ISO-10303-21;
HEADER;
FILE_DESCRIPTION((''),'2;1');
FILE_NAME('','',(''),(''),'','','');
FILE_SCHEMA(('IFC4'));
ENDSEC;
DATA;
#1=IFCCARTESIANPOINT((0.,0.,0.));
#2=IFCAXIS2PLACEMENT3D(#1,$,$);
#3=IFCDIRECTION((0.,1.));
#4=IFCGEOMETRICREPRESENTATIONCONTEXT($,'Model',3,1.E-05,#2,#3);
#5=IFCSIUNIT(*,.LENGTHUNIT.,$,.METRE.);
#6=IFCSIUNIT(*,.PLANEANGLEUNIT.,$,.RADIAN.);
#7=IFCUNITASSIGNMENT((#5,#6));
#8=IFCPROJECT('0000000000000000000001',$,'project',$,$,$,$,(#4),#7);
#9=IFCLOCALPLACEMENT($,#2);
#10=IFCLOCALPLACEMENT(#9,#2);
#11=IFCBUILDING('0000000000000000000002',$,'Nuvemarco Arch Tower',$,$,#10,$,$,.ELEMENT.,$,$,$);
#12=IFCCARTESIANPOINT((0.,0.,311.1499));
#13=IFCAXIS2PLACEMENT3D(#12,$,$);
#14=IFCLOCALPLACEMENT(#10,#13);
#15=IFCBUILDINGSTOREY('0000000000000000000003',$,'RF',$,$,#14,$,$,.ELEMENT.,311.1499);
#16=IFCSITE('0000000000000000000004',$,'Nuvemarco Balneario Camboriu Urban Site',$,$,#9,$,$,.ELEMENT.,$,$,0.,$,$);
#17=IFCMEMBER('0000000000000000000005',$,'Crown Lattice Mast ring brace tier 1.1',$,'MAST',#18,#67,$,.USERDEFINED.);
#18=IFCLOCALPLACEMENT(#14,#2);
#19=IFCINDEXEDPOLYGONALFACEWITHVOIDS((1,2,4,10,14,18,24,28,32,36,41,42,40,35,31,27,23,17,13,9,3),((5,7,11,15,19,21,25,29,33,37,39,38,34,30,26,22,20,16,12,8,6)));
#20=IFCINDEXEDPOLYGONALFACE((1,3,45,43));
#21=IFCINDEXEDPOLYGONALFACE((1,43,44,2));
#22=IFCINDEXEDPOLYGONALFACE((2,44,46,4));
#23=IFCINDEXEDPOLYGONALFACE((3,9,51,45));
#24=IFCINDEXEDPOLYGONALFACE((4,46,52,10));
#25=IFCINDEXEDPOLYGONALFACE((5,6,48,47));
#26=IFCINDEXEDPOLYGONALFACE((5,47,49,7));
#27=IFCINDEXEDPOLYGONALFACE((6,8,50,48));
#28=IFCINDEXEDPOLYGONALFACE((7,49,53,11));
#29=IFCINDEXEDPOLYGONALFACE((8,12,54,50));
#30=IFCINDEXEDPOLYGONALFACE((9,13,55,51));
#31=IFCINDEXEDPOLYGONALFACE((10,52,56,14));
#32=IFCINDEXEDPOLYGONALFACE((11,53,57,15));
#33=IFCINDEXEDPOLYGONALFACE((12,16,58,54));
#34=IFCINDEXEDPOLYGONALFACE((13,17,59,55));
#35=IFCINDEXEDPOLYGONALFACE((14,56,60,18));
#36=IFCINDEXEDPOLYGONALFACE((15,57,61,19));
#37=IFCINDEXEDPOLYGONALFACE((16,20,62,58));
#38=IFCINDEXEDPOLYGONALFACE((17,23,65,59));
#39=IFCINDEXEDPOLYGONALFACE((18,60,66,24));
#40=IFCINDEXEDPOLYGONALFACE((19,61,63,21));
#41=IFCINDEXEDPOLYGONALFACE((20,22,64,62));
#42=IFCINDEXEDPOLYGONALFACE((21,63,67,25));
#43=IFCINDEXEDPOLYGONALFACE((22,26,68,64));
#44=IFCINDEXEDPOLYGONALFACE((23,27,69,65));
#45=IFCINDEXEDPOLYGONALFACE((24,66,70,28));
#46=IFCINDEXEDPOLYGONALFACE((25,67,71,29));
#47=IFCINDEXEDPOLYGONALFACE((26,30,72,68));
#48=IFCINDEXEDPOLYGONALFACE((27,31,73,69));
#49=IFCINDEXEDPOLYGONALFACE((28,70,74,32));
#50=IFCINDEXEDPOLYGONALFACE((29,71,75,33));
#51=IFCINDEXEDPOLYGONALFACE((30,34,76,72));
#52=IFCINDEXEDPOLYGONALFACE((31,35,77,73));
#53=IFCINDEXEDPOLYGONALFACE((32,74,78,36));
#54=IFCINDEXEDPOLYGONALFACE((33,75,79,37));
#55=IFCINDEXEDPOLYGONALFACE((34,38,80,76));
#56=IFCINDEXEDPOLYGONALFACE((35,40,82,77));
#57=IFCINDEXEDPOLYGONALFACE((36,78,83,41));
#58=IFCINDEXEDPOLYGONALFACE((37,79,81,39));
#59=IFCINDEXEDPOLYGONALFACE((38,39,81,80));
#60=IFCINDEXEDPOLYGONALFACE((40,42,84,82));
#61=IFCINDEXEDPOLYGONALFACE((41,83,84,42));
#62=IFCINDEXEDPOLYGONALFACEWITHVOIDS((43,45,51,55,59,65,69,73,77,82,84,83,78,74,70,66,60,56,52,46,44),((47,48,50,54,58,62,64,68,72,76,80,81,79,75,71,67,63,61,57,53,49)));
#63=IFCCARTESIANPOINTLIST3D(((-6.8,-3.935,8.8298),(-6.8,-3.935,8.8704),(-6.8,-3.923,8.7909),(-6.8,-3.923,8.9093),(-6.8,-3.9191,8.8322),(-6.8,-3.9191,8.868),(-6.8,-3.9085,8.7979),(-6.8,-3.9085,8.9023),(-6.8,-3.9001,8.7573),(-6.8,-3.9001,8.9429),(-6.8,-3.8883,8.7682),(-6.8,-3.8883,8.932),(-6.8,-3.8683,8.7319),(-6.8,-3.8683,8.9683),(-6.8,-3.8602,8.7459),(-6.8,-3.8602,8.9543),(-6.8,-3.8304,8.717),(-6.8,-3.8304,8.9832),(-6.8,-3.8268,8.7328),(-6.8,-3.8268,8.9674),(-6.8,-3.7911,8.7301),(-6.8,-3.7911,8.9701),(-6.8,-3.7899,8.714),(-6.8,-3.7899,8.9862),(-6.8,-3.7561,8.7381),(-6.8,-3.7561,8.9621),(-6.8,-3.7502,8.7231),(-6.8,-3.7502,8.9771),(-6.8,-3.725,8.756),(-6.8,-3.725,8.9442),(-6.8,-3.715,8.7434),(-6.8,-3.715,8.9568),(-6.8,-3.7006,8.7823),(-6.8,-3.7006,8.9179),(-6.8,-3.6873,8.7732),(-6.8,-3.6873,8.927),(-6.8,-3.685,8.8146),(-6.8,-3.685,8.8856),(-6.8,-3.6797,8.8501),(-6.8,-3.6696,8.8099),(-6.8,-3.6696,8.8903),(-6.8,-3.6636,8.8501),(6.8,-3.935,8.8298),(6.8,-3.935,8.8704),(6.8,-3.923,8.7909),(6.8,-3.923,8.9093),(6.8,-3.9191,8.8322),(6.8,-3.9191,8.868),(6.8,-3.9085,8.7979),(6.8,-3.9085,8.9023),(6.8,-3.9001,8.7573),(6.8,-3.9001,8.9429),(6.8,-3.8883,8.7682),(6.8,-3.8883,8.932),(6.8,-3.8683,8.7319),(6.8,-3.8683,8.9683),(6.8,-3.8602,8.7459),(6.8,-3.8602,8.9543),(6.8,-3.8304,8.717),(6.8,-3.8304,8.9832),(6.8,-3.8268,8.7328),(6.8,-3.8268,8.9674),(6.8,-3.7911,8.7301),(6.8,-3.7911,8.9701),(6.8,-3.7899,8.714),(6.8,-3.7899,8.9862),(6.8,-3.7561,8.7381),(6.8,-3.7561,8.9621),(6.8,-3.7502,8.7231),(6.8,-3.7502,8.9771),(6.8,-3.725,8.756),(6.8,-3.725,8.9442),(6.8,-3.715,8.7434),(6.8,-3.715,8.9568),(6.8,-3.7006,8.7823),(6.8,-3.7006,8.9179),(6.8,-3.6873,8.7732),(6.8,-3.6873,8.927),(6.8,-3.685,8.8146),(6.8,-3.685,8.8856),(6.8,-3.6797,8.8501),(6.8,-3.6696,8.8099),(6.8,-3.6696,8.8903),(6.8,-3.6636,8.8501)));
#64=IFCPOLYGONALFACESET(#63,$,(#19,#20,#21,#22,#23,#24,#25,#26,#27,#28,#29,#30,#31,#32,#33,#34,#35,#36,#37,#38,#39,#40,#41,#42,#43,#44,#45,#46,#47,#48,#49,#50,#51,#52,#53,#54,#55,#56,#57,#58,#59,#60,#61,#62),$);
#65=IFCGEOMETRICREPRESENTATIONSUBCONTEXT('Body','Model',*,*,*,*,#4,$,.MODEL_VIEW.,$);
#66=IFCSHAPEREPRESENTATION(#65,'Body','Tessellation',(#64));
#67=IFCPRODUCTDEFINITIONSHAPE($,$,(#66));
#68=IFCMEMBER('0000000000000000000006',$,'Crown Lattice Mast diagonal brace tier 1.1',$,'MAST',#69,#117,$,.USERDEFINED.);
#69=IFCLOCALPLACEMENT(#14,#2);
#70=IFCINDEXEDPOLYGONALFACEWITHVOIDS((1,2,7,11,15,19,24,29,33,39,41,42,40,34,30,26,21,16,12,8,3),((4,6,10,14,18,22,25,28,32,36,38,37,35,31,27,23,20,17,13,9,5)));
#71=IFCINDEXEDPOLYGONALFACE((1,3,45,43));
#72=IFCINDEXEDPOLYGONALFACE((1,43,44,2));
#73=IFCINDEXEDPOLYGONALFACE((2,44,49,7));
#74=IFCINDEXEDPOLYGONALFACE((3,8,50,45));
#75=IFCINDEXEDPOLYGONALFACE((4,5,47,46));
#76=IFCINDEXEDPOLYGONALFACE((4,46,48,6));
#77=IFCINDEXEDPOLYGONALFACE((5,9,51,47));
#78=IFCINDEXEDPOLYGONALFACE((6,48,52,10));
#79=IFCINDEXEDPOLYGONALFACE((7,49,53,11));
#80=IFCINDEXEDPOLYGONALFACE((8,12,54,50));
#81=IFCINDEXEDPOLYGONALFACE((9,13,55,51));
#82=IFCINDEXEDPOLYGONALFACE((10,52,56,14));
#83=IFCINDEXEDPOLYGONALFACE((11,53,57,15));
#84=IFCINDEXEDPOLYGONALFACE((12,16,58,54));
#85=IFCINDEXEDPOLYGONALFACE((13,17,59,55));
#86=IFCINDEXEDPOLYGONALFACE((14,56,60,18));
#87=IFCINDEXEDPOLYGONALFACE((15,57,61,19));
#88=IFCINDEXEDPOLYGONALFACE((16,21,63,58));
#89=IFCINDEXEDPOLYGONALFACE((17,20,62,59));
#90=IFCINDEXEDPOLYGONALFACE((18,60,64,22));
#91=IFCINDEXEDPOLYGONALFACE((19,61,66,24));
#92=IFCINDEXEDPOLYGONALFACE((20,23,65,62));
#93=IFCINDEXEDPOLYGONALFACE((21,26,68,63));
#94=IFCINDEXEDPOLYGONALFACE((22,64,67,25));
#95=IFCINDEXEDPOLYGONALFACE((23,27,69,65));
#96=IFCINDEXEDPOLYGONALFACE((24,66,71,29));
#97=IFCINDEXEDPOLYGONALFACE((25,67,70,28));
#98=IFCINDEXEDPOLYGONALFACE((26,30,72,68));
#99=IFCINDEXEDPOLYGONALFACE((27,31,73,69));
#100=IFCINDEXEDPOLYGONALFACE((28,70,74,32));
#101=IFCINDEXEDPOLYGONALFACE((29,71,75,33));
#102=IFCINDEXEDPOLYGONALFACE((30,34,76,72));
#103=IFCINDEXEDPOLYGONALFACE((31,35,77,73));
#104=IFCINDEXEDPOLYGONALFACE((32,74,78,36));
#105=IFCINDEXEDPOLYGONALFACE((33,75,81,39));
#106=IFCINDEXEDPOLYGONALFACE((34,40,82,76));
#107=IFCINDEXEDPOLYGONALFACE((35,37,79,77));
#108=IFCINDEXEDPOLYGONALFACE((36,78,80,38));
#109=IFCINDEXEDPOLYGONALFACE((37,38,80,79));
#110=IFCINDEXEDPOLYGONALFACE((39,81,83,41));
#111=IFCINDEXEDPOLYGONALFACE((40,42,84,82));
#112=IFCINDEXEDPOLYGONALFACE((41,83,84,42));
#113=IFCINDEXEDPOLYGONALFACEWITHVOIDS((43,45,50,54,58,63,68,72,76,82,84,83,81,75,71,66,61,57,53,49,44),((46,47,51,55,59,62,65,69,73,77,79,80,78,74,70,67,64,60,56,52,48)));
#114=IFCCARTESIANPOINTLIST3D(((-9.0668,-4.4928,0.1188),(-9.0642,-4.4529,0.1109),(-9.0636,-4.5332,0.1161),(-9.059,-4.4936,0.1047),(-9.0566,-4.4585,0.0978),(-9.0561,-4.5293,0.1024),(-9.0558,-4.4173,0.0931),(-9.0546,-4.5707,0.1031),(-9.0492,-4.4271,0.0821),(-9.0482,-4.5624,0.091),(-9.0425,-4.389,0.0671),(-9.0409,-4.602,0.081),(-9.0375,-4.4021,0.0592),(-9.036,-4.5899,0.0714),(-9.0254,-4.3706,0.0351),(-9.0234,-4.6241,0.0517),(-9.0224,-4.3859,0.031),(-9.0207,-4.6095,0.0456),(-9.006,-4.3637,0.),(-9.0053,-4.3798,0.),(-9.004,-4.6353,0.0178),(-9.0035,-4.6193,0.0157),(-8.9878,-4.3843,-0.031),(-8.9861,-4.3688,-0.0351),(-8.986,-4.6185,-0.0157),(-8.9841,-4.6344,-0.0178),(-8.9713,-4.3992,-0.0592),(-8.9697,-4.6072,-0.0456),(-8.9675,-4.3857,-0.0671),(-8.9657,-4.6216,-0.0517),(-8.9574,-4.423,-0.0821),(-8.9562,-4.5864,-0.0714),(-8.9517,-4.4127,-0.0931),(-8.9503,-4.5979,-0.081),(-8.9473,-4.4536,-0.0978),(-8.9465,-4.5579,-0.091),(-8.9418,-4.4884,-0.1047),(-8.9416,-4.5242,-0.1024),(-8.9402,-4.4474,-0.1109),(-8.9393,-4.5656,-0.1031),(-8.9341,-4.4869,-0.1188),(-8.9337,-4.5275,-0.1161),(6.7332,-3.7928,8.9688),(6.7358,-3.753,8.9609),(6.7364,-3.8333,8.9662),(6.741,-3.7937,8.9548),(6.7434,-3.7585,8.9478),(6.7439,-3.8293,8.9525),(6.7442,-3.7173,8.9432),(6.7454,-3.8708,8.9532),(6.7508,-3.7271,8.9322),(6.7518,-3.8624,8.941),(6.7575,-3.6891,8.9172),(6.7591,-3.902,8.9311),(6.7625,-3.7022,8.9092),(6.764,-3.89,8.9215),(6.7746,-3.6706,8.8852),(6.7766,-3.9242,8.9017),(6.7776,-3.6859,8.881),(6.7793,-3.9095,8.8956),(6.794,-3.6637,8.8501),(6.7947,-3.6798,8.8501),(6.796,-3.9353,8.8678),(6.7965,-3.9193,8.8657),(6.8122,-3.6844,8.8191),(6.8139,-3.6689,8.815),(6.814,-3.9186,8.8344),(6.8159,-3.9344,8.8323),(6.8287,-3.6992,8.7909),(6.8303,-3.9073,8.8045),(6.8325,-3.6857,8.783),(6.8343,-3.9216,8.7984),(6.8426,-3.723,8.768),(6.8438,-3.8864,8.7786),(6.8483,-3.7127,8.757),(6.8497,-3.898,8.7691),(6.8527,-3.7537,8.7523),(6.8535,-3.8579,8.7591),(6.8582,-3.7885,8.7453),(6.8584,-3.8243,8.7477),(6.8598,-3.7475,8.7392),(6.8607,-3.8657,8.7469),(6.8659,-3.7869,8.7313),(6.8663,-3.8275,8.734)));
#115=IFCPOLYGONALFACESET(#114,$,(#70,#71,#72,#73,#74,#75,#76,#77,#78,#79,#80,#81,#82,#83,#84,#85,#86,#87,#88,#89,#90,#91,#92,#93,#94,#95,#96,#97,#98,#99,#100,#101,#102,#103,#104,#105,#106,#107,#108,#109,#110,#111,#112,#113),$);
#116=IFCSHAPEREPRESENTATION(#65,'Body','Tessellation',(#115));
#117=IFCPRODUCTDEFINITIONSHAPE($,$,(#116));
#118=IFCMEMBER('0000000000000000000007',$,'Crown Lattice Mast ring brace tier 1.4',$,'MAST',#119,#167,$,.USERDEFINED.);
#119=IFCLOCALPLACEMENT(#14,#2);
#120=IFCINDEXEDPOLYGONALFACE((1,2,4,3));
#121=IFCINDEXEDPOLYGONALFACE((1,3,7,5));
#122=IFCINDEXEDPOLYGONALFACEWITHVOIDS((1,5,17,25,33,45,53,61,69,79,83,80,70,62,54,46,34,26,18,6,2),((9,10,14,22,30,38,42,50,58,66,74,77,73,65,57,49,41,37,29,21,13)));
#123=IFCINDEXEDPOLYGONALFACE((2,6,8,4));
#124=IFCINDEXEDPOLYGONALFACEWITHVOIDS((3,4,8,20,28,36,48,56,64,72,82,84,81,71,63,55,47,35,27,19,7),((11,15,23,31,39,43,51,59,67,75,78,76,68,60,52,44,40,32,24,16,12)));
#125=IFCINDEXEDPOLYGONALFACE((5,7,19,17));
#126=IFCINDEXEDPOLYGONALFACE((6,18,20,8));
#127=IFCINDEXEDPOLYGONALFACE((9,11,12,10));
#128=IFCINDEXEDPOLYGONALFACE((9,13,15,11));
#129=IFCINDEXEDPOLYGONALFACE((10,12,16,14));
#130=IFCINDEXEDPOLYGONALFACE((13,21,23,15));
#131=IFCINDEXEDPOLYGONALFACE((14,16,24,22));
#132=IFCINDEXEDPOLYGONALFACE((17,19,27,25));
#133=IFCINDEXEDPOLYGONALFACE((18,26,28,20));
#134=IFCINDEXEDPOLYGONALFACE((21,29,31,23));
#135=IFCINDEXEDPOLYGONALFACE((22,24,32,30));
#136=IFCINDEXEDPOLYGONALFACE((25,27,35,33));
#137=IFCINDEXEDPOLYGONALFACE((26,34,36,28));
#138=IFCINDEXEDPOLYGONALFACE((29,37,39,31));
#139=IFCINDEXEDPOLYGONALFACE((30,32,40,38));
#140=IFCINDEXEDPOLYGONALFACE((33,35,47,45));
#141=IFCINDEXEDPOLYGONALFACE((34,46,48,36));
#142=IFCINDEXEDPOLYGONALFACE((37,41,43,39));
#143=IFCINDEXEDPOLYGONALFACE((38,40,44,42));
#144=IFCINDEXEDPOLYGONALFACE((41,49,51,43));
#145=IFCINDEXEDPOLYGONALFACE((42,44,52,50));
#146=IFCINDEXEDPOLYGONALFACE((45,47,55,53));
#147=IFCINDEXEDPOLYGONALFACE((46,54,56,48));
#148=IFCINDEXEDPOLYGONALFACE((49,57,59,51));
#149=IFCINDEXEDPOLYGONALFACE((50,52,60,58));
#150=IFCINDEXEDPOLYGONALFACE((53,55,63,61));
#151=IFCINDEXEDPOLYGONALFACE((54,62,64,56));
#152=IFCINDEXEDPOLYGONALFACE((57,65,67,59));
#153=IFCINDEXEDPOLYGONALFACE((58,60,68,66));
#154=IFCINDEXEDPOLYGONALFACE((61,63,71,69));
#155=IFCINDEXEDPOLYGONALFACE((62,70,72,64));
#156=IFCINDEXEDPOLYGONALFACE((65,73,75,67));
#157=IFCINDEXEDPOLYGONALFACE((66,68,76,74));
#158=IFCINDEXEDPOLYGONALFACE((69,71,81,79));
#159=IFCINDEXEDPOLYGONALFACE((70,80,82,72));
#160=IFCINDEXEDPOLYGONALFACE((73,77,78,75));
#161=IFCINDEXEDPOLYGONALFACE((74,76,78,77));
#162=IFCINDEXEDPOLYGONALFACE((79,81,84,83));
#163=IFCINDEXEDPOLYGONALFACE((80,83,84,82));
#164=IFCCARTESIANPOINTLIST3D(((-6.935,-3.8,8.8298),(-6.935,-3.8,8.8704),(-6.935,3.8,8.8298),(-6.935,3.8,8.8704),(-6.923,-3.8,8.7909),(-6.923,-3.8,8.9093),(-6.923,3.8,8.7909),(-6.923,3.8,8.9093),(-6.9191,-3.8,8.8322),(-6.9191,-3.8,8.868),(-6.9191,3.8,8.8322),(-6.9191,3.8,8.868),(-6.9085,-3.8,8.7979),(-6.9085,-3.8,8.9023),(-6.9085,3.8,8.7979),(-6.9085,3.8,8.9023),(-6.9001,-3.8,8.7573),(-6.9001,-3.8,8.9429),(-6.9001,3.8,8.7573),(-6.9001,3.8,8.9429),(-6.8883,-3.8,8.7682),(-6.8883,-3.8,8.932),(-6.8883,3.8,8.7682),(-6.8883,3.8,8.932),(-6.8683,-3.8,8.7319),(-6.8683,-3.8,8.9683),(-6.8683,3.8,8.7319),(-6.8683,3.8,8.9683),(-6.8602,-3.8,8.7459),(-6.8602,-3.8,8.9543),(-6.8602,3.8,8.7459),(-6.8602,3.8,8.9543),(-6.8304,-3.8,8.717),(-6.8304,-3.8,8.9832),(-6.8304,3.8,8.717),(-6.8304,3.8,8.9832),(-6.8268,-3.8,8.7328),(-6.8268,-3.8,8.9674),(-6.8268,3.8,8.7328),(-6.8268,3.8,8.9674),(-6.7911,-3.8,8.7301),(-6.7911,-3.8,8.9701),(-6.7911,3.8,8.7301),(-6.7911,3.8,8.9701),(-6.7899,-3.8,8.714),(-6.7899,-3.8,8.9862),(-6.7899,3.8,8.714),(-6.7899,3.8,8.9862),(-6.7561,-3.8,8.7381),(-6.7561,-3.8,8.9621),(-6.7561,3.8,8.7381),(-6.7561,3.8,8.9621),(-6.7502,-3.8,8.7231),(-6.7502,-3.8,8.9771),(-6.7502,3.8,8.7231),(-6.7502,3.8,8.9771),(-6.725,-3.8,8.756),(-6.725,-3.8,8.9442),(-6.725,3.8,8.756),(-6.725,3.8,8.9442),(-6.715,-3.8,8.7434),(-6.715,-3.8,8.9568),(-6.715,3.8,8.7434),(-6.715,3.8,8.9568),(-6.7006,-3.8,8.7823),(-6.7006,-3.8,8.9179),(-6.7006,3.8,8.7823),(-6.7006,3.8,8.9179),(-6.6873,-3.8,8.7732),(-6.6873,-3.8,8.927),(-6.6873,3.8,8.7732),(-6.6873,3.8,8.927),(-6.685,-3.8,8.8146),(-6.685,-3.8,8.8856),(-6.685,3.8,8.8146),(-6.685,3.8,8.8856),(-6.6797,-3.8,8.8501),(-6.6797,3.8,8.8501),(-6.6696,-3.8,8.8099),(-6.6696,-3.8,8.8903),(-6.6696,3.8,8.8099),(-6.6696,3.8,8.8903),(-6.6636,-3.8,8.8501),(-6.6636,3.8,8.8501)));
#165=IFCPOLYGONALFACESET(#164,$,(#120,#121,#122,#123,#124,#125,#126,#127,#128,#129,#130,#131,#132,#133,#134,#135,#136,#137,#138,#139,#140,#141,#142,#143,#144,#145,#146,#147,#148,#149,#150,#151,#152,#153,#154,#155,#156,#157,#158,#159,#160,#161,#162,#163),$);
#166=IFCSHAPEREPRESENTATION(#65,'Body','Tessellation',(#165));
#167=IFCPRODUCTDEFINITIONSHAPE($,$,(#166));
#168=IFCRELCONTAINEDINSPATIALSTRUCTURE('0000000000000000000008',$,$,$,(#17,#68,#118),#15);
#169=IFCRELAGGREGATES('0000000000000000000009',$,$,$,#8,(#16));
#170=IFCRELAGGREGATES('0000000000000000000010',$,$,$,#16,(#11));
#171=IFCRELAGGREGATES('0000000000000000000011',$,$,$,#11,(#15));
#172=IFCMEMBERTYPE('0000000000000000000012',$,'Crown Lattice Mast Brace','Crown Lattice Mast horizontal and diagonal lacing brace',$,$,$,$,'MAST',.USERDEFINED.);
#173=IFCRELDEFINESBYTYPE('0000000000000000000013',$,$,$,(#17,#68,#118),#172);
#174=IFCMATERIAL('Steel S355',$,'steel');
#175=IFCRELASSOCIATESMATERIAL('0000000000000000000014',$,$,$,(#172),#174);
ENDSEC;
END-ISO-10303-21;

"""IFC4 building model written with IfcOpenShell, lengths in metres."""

from ifc_helpers import new_model, si_unit, direction, frame, origin, origin_2d, place, context, subcontext, project, spatial, hollow_circle, extrude, material, material_profile, profile_set, type_object, element, save


model = new_model("IFC4")

# Units and contexts
model_context = context("Model", 3, precision=1e-05, world=origin(), true_north=direction((0.0, 1.0)))
body_context = subcontext(model_context, "Body", "Model", "MODEL_VIEW")
ifc_project = project(units=[si_unit("LENGTHUNIT", "METRE"), si_unit("PLANEANGLEUNIT", "RADIAN")], contexts=[model_context])

# Site, building, storey
site_placement = place(None, origin())
site = spatial("IfcSite", under=ifc_project, at=site_placement, Name="Nuvemarco Balneario Camboriu Urban Site", CompositionType="ELEMENT", RefElevation=0.0)
building_placement = place(site_placement, origin())
building = spatial("IfcBuilding", under=site, at=building_placement, Name="Nuvemarco Arch Tower", CompositionType="ELEMENT")
storey_placement = place(building_placement, frame((0.0, 0.0, 311.1499)))
storey = spatial("IfcBuildingStorey", under=building, at=storey_placement, Name="RF", CompositionType="ELEMENT", Elevation=311.1499)

# Members
ifc_material_1 = material(Name="Steel S355", Category="steel")
ifc_material_profile_1 = material_profile(ifc_material_1, hollow_circle(Radius=0.1365, WallThickness=0.0161, at=origin_2d()), Name="CHS273x16")
ifc_profile_set_1 = profile_set([ifc_material_profile_1], Name="Steel S355")
member_type_1 = type_object("IfcMemberType", Name="Crown Lattice Mast Brace", Description="Crown Lattice Mast horizontal and diagonal lacing brace", ElementType="MAST", PredefinedType="USERDEFINED", material=ifc_profile_set_1)
member_1_placement = place(storey_placement, frame((-6.8, -3.8, 8.8501), z_axis=(1.0, 0.0, 0.0), x_axis=(0.0, 1.0, 0.0)))
element("IfcMember", 1, at=member_1_placement, inside=storey, type_object=member_type_1, Name="Crown Lattice Mast ring brace tier 1.1", ObjectType="MAST", PredefinedType="USERDEFINED", context=body_context, shape_type="SweptSolid", body=[
    extrude(hollow_circle(Radius=0.1365, WallThickness=0.0161, at=origin_2d()), origin(), (0.0, 0.0, 1.0), 13.6001),
])
member_2_placement = place(storey_placement, frame((-9.0, -4.5, 0.0), z_axis=(0.871806, 0.038622, 0.488326), x_axis=(-0.044257, 0.99902, 0.0)))
element("IfcMember", 2, at=member_2_placement, inside=storey, type_object=member_type_1, Name="Crown Lattice Mast diagonal brace tier 1.1", ObjectType="MAST", PredefinedType="USERDEFINED", context=body_context, shape_type="SweptSolid", body=[
    extrude(hollow_circle(Radius=0.1365, WallThickness=0.0161, at=origin_2d()), origin(), (0.0, 0.0, 1.0), 18.1233),
])
member_3_placement = place(storey_placement, frame((-6.8, 3.8, 8.8501), z_axis=(0.0, -1.0, 0.0), x_axis=(1.0, 0.0, 0.0)))
element("IfcMember", 3, at=member_3_placement, inside=storey, type_object=member_type_1, Name="Crown Lattice Mast ring brace tier 1.4", ObjectType="MAST", PredefinedType="USERDEFINED", context=body_context, shape_type="SweptSolid", body=[
    extrude(hollow_circle(Radius=0.1365, WallThickness=0.0161, at=origin_2d()), origin(), (0.0, 0.0, 1.0), 7.6001),
])

save(model, "model.ifc")
